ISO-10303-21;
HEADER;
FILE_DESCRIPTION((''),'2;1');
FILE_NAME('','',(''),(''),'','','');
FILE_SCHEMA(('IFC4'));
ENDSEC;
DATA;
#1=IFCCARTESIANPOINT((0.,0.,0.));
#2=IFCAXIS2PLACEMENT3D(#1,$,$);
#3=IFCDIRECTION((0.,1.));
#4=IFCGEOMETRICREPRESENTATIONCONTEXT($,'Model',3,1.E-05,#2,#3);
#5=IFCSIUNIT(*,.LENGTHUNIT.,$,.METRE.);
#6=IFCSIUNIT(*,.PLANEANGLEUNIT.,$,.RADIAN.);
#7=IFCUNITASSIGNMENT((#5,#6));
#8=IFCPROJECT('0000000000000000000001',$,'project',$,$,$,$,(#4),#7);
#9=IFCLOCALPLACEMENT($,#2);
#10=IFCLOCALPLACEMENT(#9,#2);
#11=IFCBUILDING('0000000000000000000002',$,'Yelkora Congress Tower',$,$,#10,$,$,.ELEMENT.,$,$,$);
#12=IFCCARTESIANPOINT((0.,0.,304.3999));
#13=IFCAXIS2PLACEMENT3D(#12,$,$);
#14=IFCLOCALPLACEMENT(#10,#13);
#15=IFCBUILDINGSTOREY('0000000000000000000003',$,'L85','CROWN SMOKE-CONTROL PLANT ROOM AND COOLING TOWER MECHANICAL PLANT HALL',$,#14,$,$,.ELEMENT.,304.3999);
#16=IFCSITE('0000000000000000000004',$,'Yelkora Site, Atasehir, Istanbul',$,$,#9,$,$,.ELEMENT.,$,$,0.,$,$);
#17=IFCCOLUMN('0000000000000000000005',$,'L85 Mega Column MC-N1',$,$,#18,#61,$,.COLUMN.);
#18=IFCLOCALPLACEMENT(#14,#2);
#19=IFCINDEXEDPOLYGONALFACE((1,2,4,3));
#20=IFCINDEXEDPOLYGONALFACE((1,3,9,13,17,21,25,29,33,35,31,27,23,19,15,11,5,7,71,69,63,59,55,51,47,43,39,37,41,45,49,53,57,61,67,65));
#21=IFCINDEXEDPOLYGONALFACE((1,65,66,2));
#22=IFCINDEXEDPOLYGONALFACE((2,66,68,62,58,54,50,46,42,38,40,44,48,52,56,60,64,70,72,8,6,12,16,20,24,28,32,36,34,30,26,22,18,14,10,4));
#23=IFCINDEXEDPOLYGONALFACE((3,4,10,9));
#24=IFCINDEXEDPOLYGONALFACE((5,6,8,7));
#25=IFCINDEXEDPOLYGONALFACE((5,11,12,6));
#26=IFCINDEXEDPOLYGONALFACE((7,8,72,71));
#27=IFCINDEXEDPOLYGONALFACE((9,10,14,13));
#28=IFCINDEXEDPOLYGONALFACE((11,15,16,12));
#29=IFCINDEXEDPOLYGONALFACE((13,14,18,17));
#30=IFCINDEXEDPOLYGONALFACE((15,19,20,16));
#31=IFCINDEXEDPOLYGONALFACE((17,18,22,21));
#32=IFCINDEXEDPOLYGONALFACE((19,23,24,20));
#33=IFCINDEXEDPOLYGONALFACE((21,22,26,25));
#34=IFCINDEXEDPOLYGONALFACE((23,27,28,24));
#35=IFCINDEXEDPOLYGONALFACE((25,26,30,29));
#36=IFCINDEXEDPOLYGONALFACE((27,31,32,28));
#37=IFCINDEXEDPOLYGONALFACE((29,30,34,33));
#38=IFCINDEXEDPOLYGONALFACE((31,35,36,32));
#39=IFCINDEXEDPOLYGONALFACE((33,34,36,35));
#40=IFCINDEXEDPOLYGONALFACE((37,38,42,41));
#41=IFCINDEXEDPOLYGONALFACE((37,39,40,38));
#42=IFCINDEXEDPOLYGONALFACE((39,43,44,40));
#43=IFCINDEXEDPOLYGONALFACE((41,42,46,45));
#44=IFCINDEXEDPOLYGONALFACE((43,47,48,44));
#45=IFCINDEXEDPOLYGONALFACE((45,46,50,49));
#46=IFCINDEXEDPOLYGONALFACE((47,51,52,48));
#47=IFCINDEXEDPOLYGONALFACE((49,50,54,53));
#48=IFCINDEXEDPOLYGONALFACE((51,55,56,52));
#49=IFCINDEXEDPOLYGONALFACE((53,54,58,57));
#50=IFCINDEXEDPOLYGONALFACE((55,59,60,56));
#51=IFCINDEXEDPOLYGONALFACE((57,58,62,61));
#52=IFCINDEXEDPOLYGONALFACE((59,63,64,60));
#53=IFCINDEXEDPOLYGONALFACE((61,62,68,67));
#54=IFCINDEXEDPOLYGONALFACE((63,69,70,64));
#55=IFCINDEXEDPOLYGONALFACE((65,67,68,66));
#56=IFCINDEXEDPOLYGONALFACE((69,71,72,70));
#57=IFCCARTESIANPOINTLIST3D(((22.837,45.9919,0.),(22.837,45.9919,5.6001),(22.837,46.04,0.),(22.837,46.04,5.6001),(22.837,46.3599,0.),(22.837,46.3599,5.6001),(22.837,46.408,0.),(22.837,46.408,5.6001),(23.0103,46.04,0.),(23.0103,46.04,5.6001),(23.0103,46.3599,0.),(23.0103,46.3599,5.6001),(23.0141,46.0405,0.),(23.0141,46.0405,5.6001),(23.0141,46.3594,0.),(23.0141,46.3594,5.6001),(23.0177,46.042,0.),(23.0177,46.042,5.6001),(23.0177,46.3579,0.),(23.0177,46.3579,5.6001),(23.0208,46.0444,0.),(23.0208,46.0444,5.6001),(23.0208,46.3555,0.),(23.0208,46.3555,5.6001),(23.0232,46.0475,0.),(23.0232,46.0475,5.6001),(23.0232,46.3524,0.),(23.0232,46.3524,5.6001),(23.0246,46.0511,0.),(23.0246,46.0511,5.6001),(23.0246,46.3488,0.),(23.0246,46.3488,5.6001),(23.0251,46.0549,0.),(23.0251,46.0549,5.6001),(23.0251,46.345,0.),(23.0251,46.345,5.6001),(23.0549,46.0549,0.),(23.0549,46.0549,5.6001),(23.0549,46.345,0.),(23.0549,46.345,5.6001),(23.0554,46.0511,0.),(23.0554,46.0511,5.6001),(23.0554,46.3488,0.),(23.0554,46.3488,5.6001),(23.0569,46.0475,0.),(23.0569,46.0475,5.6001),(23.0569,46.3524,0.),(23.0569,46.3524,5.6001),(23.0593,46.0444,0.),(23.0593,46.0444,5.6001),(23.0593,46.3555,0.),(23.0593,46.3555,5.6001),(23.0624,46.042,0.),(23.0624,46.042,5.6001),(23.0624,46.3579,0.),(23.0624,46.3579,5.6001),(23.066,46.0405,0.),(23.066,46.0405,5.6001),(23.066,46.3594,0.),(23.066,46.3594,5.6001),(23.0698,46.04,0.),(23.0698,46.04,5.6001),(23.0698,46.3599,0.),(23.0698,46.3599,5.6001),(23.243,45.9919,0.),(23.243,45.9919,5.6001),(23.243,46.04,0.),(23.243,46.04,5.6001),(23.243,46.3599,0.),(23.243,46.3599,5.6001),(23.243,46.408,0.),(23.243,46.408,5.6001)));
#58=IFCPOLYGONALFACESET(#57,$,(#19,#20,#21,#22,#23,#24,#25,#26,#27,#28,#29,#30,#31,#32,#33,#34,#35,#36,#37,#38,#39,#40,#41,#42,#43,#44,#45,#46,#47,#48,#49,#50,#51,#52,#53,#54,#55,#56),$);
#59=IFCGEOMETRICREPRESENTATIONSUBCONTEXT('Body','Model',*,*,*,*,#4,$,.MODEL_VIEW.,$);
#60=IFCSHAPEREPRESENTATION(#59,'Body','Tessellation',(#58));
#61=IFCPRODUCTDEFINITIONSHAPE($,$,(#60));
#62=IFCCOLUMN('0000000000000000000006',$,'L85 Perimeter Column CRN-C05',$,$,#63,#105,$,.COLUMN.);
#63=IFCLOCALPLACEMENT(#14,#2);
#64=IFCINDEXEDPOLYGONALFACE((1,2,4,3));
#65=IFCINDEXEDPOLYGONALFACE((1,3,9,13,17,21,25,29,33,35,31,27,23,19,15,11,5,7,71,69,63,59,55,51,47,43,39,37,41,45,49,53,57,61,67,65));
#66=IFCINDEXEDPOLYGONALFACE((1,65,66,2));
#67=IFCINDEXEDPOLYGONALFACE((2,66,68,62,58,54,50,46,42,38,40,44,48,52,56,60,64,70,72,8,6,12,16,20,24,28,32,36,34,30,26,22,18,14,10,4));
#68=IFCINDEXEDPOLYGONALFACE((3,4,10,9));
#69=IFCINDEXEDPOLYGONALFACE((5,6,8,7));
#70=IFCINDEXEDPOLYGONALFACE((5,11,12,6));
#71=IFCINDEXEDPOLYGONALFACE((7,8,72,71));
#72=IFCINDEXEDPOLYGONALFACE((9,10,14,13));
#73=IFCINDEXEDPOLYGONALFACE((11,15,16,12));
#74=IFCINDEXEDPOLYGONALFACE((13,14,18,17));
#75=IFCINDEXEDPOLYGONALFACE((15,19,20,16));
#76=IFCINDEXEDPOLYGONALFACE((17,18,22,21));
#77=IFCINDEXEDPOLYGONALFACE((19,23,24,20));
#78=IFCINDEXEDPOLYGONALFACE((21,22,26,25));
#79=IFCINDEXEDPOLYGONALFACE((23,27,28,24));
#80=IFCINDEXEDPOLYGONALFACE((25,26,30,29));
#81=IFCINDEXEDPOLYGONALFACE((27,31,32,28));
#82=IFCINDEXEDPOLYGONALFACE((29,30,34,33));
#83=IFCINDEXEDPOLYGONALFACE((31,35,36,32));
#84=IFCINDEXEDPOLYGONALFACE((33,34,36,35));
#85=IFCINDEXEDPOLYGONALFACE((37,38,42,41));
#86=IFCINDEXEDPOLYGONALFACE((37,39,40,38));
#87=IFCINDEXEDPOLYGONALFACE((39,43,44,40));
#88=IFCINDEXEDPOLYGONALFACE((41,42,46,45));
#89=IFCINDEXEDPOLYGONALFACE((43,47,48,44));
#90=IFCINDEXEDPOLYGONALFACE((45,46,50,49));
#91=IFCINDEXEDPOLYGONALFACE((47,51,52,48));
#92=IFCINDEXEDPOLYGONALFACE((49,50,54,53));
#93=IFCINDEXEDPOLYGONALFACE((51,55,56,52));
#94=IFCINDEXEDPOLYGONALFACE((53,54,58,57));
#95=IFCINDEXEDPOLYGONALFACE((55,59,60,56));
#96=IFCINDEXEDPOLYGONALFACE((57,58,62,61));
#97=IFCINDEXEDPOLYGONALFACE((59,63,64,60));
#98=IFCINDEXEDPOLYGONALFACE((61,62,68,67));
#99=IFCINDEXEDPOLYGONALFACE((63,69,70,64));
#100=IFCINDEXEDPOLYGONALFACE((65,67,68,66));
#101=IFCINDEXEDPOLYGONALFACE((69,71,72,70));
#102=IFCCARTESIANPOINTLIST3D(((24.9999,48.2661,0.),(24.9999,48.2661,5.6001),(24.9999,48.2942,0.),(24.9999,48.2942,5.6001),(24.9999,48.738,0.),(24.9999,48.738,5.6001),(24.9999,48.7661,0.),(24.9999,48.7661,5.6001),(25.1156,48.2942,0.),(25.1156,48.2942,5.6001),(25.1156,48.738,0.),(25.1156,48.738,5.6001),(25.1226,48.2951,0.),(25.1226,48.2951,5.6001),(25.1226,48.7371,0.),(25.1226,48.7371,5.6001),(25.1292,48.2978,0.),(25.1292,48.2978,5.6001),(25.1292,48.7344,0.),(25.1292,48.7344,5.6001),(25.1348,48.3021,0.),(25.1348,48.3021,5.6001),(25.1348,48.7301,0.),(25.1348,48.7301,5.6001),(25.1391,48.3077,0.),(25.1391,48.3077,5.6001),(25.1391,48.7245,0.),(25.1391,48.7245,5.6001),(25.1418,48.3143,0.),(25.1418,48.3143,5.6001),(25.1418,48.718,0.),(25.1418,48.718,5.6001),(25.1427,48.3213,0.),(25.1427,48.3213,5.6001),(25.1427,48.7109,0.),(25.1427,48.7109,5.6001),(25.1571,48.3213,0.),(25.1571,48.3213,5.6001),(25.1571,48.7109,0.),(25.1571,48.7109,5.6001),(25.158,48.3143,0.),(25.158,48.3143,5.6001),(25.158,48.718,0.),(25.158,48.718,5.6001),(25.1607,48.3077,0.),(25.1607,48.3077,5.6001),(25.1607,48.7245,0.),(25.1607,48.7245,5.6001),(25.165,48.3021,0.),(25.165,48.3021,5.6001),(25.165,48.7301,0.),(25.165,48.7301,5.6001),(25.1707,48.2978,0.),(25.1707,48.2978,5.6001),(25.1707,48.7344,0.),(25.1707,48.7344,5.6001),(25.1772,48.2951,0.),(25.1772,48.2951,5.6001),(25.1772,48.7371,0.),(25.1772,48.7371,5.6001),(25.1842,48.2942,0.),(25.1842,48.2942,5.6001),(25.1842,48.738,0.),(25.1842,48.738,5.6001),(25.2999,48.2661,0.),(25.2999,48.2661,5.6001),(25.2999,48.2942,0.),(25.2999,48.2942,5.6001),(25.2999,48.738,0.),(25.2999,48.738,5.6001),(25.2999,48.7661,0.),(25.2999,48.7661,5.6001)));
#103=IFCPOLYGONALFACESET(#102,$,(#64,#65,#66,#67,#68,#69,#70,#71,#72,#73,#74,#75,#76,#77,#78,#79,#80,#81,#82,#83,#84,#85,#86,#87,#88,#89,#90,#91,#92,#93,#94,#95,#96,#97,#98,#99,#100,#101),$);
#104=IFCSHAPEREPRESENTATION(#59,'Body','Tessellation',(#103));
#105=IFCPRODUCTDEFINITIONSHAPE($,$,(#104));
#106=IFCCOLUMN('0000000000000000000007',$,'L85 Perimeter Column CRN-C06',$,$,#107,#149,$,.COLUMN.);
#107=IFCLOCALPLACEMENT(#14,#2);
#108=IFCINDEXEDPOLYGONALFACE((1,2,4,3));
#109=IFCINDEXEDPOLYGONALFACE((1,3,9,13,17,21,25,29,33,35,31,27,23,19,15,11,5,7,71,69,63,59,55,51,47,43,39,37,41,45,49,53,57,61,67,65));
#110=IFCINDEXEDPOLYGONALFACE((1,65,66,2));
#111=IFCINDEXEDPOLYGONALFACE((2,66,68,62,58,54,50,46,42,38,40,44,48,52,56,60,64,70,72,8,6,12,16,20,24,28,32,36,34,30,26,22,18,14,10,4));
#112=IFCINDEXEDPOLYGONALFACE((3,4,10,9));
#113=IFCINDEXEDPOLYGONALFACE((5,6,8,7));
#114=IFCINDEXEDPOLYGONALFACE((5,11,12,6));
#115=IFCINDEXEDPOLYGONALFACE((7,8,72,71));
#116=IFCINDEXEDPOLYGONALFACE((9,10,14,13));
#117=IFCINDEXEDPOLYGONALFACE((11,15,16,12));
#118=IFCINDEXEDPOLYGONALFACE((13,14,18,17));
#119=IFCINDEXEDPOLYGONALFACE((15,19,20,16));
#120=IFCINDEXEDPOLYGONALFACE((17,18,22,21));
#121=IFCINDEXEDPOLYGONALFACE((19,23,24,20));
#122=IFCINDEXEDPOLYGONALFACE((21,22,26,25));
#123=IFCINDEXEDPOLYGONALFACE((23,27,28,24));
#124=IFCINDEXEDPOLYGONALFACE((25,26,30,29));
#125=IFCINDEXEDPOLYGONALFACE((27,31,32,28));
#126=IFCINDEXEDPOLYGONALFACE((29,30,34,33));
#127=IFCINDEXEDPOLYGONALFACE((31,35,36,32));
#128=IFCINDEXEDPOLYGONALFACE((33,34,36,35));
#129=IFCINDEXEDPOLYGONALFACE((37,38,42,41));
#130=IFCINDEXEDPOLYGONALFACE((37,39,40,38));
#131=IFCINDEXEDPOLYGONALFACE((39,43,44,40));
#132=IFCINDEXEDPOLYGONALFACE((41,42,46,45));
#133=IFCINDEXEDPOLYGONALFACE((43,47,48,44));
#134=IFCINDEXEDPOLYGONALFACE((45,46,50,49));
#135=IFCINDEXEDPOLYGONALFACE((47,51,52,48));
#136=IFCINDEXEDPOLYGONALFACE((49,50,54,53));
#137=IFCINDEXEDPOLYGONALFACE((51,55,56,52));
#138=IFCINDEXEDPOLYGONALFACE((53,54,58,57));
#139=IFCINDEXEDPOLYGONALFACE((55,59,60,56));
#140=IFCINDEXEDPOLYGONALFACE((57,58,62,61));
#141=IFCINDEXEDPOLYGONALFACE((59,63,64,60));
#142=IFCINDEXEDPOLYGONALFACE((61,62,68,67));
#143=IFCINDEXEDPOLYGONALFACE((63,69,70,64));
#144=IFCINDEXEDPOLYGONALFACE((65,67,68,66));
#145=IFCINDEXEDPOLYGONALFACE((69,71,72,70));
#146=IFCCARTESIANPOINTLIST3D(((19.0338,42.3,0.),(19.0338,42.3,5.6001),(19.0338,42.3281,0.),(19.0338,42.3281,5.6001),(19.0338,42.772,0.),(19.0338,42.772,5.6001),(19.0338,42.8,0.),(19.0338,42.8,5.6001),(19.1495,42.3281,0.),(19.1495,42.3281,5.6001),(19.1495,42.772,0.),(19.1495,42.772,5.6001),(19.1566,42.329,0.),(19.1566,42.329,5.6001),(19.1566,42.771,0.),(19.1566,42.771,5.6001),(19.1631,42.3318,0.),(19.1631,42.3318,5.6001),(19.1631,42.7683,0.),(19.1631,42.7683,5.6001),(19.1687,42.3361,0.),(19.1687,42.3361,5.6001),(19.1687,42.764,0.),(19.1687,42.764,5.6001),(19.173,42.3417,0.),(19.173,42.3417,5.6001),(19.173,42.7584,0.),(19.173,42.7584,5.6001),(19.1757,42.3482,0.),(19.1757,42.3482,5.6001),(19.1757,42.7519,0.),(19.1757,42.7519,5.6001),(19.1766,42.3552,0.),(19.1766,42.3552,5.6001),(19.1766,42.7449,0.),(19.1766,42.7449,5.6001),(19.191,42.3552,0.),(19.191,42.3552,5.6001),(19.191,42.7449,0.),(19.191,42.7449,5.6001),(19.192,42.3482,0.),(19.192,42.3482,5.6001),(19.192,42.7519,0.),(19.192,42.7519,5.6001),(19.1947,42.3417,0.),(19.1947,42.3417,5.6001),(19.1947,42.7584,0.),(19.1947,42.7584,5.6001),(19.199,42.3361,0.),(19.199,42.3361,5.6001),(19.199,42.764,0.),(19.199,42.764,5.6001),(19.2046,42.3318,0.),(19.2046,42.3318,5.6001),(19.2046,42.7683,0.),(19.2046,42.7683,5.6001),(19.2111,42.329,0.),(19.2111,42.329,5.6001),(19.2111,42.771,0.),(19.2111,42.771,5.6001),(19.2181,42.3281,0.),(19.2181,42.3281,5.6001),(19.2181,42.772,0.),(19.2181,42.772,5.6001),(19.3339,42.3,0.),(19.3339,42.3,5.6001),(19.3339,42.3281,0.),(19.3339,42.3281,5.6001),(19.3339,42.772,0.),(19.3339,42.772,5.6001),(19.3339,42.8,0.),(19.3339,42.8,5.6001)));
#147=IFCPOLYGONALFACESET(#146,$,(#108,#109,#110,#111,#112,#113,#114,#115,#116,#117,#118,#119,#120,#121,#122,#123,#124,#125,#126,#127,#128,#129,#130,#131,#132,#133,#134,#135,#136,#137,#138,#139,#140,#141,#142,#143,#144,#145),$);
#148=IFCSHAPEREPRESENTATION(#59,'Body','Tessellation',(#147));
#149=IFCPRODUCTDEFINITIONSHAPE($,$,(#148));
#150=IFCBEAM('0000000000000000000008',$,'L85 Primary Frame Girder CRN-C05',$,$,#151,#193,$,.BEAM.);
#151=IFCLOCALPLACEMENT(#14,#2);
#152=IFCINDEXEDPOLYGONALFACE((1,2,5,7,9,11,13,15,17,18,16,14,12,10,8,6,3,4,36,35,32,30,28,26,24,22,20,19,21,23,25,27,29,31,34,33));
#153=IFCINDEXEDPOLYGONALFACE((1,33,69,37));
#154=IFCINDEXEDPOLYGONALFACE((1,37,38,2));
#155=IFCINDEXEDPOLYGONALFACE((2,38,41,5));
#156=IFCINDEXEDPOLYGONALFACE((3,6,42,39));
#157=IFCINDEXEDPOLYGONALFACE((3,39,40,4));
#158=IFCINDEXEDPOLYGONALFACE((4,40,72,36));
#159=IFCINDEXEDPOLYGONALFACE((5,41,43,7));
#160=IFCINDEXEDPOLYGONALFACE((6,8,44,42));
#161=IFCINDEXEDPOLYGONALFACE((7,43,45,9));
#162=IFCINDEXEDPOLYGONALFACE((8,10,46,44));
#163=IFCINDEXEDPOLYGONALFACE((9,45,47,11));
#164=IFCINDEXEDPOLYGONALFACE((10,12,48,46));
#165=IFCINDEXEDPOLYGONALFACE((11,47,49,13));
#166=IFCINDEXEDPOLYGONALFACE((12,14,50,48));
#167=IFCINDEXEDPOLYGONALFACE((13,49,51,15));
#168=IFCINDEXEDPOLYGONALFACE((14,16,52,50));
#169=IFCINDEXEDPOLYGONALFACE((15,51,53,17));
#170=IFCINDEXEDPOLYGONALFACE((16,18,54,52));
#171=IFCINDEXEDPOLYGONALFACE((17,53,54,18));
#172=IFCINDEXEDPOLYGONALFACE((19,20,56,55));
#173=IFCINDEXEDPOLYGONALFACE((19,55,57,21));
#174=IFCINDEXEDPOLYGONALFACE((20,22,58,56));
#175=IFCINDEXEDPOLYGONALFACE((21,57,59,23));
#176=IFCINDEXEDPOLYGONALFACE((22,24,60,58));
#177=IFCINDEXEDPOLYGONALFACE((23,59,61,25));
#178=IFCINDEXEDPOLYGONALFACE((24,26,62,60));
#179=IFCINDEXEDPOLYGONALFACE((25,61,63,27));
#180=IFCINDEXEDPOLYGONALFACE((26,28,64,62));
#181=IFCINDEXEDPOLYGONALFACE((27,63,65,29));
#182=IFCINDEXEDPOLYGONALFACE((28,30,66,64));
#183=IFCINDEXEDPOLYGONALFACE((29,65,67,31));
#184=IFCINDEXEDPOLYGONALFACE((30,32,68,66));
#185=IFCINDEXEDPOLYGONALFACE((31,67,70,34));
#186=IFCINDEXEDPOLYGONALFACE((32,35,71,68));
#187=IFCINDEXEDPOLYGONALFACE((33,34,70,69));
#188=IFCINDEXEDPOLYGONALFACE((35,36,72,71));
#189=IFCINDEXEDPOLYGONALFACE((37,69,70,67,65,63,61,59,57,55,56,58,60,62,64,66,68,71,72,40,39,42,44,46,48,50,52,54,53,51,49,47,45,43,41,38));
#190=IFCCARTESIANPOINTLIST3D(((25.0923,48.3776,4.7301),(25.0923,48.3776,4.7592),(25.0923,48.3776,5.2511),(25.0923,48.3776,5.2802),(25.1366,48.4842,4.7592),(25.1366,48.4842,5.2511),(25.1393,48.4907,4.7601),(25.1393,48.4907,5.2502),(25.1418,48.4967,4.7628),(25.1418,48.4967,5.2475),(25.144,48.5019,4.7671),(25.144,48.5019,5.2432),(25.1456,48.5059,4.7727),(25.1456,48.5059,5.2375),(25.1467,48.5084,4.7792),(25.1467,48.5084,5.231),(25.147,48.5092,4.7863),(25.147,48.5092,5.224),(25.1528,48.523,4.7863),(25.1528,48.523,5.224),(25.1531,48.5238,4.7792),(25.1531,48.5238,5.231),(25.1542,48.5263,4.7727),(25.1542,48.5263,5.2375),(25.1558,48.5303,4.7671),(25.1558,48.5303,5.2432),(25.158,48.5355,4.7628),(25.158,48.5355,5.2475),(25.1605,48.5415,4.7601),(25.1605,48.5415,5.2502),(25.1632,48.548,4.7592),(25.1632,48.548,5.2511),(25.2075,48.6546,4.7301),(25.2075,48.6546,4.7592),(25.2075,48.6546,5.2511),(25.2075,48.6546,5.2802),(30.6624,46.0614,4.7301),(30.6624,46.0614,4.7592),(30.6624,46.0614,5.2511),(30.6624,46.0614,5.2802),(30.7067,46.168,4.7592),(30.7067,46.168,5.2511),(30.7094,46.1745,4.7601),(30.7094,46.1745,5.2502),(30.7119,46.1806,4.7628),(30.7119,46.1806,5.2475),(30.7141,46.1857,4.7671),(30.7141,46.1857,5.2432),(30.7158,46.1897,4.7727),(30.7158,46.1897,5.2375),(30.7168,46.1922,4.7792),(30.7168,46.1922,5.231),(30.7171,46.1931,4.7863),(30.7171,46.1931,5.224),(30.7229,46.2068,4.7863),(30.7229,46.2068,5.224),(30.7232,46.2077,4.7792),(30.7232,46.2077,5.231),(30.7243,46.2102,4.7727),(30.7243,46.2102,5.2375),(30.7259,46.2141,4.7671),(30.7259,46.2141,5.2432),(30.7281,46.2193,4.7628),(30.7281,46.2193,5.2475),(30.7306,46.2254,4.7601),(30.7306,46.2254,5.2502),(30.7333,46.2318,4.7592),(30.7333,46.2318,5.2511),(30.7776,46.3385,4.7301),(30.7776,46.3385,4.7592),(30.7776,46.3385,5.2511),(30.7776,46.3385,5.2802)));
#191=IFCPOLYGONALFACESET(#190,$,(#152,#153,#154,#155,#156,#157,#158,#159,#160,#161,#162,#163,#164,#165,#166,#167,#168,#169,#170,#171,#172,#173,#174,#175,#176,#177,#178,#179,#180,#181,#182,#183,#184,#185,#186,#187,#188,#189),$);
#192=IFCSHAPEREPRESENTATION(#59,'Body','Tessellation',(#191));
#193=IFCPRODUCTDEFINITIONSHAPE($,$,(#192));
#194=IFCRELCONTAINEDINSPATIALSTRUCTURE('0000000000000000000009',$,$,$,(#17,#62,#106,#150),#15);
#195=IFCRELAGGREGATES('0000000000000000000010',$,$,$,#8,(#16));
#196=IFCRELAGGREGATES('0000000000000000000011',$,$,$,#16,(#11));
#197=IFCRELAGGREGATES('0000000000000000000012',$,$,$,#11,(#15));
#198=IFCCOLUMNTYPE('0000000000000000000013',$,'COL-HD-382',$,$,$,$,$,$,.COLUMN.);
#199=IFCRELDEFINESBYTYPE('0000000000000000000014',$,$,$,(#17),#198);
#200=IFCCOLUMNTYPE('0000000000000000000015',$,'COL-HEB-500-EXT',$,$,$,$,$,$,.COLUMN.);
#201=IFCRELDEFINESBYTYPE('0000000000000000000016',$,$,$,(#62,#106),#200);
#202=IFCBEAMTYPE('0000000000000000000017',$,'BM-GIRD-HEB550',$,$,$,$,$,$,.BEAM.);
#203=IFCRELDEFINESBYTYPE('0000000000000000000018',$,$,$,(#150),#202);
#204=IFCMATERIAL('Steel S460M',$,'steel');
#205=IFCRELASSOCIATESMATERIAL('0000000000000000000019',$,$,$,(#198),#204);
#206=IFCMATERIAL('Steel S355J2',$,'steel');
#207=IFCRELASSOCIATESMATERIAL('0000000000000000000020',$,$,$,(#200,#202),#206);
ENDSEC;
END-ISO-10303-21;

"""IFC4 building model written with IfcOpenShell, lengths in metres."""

from ifc_helpers import new_model, si_unit, direction, frame, origin, origin_2d, place, context, subcontext, project, spatial, i_section, extrude, material, material_profile, profile_set, type_object, element, save


model = new_model("IFC4")

# Units and contexts
model_context = context("Model", 3, precision=1e-05, world=origin(), true_north=direction((0.0, 1.0)))
body_context = subcontext(model_context, "Body", "Model", "MODEL_VIEW")
ifc_project = project(units=[si_unit("LENGTHUNIT", "METRE"), si_unit("PLANEANGLEUNIT", "RADIAN")], contexts=[model_context])

# Site, building, storey
site_placement = place(None, origin())
site = spatial("IfcSite", under=ifc_project, at=site_placement, Name="Yelkora Site, Atasehir, Istanbul", CompositionType="ELEMENT", RefElevation=0.0)
building_placement = place(site_placement, origin())
building = spatial("IfcBuilding", under=site, at=building_placement, Name="Yelkora Congress Tower", CompositionType="ELEMENT")
storey_placement = place(building_placement, frame((0.0, 0.0, 304.3999)))
storey = spatial("IfcBuildingStorey", under=building, at=storey_placement, Name="L85", Description="CROWN SMOKE-CONTROL PLANT ROOM AND COOLING TOWER MECHANICAL PLANT HALL", CompositionType="ELEMENT", Elevation=304.3999)

# Columns
ifc_material_1 = material(Name="Steel S460M", Category="steel")
ifc_material_profile_1 = material_profile(ifc_material_1, i_section(OverallWidth=0.406, OverallDepth=0.416, WebThickness=0.0298, FlangeThickness=0.0481, FilletRadius=0.0149, at=origin_2d()), Name="HD 400x382")
ifc_profile_set_1 = profile_set([ifc_material_profile_1], Name="Steel S460M")
column_type_1 = type_object("IfcColumnType", Name="COL-HD-382", PredefinedType="COLUMN", material=ifc_profile_set_1)
column_placement = place(storey_placement, frame((23.04, 46.2, 0.0), z_axis=(0.0, 0.0, 1.0), x_axis=(1.0, 0.0, 0.0)))
element("IfcColumn", 1, at=column_placement, inside=storey, type_object=column_type_1, Name="L85 Mega Column MC-N1", PredefinedType="COLUMN", context=body_context, shape_type="SweptSolid", body=[
    extrude(i_section(OverallWidth=0.406, OverallDepth=0.416, WebThickness=0.0298, FlangeThickness=0.0481, FilletRadius=0.0149, at=origin_2d()), origin(), (0.0, 0.0, 1.0), 5.6001),
])
ifc_material_2 = material(Name="Steel S355J2", Category="steel")
ifc_material_profile_2 = material_profile(ifc_material_2, i_section(OverallWidth=0.3, OverallDepth=0.5, WebThickness=0.0144, FlangeThickness=0.0281, FilletRadius=0.0271, at=origin_2d()), Name="HEB 500")
ifc_profile_set_2 = profile_set([ifc_material_profile_2], Name="Steel S355J2")
column_type_2 = type_object("IfcColumnType", Name="COL-HEB-500-EXT", PredefinedType="COLUMN", material=ifc_profile_set_2)
for number, where, z_axis, x_axis, name in (
    (2, (25.1499, 48.5161, 0.0), (0.0, 0.0, 1.0), (1.0, 0.0, 0.0), "L85 Perimeter Column CRN-C05"),
    (3, (19.1838, 42.55, 0.0), (0.0, 0.0, 1.0), (1.0, 0.0, 0.0), "L85 Perimeter Column CRN-C06"),
):
    element("IfcColumn", number, at=place(storey_placement, frame(where, z_axis=z_axis, x_axis=x_axis)), inside=storey, type_object=column_type_2, Name=name, PredefinedType="COLUMN", context=body_context, shape_type="SweptSolid", body=[
        extrude(i_section(OverallWidth=0.3, OverallDepth=0.5, WebThickness=0.0144, FlangeThickness=0.0281, FilletRadius=0.0271, at=origin_2d()), origin(), (0.0, 0.0, 1.0), 5.6001),
    ])

# Beam
ifc_material_profile_3 = material_profile(ifc_material_2, i_section(OverallWidth=0.3, OverallDepth=0.55, WebThickness=0.0149, FlangeThickness=0.0291, FilletRadius=0.0271, at=origin_2d()), Name="HEB 550")
ifc_profile_set_3 = profile_set([ifc_material_profile_3], Name="Steel S355J2")
beam_type_1 = type_object("IfcBeamType", Name="BM-GIRD-HEB550", PredefinedType="BEAM", material=ifc_profile_set_3)
beam_1_placement = place(storey_placement, frame((25.1499, 48.5161, 5.0051), z_axis=(0.923353, -0.383951, 0.0), x_axis=(0.383951, 0.923353, 0.0)))
element("IfcBeam", 4, at=beam_1_placement, inside=storey, type_object=beam_type_1, Name="L85 Primary Frame Girder CRN-C05", PredefinedType="BEAM", context=body_context, shape_type="SweptSolid", body=[
    extrude(i_section(OverallWidth=0.3, OverallDepth=0.55, WebThickness=0.0149, FlangeThickness=0.0291, FilletRadius=0.0271, at=origin_2d()), origin(), (0.0, 0.0, 1.0), 6.0325),
])

save(model, "model.ifc")
